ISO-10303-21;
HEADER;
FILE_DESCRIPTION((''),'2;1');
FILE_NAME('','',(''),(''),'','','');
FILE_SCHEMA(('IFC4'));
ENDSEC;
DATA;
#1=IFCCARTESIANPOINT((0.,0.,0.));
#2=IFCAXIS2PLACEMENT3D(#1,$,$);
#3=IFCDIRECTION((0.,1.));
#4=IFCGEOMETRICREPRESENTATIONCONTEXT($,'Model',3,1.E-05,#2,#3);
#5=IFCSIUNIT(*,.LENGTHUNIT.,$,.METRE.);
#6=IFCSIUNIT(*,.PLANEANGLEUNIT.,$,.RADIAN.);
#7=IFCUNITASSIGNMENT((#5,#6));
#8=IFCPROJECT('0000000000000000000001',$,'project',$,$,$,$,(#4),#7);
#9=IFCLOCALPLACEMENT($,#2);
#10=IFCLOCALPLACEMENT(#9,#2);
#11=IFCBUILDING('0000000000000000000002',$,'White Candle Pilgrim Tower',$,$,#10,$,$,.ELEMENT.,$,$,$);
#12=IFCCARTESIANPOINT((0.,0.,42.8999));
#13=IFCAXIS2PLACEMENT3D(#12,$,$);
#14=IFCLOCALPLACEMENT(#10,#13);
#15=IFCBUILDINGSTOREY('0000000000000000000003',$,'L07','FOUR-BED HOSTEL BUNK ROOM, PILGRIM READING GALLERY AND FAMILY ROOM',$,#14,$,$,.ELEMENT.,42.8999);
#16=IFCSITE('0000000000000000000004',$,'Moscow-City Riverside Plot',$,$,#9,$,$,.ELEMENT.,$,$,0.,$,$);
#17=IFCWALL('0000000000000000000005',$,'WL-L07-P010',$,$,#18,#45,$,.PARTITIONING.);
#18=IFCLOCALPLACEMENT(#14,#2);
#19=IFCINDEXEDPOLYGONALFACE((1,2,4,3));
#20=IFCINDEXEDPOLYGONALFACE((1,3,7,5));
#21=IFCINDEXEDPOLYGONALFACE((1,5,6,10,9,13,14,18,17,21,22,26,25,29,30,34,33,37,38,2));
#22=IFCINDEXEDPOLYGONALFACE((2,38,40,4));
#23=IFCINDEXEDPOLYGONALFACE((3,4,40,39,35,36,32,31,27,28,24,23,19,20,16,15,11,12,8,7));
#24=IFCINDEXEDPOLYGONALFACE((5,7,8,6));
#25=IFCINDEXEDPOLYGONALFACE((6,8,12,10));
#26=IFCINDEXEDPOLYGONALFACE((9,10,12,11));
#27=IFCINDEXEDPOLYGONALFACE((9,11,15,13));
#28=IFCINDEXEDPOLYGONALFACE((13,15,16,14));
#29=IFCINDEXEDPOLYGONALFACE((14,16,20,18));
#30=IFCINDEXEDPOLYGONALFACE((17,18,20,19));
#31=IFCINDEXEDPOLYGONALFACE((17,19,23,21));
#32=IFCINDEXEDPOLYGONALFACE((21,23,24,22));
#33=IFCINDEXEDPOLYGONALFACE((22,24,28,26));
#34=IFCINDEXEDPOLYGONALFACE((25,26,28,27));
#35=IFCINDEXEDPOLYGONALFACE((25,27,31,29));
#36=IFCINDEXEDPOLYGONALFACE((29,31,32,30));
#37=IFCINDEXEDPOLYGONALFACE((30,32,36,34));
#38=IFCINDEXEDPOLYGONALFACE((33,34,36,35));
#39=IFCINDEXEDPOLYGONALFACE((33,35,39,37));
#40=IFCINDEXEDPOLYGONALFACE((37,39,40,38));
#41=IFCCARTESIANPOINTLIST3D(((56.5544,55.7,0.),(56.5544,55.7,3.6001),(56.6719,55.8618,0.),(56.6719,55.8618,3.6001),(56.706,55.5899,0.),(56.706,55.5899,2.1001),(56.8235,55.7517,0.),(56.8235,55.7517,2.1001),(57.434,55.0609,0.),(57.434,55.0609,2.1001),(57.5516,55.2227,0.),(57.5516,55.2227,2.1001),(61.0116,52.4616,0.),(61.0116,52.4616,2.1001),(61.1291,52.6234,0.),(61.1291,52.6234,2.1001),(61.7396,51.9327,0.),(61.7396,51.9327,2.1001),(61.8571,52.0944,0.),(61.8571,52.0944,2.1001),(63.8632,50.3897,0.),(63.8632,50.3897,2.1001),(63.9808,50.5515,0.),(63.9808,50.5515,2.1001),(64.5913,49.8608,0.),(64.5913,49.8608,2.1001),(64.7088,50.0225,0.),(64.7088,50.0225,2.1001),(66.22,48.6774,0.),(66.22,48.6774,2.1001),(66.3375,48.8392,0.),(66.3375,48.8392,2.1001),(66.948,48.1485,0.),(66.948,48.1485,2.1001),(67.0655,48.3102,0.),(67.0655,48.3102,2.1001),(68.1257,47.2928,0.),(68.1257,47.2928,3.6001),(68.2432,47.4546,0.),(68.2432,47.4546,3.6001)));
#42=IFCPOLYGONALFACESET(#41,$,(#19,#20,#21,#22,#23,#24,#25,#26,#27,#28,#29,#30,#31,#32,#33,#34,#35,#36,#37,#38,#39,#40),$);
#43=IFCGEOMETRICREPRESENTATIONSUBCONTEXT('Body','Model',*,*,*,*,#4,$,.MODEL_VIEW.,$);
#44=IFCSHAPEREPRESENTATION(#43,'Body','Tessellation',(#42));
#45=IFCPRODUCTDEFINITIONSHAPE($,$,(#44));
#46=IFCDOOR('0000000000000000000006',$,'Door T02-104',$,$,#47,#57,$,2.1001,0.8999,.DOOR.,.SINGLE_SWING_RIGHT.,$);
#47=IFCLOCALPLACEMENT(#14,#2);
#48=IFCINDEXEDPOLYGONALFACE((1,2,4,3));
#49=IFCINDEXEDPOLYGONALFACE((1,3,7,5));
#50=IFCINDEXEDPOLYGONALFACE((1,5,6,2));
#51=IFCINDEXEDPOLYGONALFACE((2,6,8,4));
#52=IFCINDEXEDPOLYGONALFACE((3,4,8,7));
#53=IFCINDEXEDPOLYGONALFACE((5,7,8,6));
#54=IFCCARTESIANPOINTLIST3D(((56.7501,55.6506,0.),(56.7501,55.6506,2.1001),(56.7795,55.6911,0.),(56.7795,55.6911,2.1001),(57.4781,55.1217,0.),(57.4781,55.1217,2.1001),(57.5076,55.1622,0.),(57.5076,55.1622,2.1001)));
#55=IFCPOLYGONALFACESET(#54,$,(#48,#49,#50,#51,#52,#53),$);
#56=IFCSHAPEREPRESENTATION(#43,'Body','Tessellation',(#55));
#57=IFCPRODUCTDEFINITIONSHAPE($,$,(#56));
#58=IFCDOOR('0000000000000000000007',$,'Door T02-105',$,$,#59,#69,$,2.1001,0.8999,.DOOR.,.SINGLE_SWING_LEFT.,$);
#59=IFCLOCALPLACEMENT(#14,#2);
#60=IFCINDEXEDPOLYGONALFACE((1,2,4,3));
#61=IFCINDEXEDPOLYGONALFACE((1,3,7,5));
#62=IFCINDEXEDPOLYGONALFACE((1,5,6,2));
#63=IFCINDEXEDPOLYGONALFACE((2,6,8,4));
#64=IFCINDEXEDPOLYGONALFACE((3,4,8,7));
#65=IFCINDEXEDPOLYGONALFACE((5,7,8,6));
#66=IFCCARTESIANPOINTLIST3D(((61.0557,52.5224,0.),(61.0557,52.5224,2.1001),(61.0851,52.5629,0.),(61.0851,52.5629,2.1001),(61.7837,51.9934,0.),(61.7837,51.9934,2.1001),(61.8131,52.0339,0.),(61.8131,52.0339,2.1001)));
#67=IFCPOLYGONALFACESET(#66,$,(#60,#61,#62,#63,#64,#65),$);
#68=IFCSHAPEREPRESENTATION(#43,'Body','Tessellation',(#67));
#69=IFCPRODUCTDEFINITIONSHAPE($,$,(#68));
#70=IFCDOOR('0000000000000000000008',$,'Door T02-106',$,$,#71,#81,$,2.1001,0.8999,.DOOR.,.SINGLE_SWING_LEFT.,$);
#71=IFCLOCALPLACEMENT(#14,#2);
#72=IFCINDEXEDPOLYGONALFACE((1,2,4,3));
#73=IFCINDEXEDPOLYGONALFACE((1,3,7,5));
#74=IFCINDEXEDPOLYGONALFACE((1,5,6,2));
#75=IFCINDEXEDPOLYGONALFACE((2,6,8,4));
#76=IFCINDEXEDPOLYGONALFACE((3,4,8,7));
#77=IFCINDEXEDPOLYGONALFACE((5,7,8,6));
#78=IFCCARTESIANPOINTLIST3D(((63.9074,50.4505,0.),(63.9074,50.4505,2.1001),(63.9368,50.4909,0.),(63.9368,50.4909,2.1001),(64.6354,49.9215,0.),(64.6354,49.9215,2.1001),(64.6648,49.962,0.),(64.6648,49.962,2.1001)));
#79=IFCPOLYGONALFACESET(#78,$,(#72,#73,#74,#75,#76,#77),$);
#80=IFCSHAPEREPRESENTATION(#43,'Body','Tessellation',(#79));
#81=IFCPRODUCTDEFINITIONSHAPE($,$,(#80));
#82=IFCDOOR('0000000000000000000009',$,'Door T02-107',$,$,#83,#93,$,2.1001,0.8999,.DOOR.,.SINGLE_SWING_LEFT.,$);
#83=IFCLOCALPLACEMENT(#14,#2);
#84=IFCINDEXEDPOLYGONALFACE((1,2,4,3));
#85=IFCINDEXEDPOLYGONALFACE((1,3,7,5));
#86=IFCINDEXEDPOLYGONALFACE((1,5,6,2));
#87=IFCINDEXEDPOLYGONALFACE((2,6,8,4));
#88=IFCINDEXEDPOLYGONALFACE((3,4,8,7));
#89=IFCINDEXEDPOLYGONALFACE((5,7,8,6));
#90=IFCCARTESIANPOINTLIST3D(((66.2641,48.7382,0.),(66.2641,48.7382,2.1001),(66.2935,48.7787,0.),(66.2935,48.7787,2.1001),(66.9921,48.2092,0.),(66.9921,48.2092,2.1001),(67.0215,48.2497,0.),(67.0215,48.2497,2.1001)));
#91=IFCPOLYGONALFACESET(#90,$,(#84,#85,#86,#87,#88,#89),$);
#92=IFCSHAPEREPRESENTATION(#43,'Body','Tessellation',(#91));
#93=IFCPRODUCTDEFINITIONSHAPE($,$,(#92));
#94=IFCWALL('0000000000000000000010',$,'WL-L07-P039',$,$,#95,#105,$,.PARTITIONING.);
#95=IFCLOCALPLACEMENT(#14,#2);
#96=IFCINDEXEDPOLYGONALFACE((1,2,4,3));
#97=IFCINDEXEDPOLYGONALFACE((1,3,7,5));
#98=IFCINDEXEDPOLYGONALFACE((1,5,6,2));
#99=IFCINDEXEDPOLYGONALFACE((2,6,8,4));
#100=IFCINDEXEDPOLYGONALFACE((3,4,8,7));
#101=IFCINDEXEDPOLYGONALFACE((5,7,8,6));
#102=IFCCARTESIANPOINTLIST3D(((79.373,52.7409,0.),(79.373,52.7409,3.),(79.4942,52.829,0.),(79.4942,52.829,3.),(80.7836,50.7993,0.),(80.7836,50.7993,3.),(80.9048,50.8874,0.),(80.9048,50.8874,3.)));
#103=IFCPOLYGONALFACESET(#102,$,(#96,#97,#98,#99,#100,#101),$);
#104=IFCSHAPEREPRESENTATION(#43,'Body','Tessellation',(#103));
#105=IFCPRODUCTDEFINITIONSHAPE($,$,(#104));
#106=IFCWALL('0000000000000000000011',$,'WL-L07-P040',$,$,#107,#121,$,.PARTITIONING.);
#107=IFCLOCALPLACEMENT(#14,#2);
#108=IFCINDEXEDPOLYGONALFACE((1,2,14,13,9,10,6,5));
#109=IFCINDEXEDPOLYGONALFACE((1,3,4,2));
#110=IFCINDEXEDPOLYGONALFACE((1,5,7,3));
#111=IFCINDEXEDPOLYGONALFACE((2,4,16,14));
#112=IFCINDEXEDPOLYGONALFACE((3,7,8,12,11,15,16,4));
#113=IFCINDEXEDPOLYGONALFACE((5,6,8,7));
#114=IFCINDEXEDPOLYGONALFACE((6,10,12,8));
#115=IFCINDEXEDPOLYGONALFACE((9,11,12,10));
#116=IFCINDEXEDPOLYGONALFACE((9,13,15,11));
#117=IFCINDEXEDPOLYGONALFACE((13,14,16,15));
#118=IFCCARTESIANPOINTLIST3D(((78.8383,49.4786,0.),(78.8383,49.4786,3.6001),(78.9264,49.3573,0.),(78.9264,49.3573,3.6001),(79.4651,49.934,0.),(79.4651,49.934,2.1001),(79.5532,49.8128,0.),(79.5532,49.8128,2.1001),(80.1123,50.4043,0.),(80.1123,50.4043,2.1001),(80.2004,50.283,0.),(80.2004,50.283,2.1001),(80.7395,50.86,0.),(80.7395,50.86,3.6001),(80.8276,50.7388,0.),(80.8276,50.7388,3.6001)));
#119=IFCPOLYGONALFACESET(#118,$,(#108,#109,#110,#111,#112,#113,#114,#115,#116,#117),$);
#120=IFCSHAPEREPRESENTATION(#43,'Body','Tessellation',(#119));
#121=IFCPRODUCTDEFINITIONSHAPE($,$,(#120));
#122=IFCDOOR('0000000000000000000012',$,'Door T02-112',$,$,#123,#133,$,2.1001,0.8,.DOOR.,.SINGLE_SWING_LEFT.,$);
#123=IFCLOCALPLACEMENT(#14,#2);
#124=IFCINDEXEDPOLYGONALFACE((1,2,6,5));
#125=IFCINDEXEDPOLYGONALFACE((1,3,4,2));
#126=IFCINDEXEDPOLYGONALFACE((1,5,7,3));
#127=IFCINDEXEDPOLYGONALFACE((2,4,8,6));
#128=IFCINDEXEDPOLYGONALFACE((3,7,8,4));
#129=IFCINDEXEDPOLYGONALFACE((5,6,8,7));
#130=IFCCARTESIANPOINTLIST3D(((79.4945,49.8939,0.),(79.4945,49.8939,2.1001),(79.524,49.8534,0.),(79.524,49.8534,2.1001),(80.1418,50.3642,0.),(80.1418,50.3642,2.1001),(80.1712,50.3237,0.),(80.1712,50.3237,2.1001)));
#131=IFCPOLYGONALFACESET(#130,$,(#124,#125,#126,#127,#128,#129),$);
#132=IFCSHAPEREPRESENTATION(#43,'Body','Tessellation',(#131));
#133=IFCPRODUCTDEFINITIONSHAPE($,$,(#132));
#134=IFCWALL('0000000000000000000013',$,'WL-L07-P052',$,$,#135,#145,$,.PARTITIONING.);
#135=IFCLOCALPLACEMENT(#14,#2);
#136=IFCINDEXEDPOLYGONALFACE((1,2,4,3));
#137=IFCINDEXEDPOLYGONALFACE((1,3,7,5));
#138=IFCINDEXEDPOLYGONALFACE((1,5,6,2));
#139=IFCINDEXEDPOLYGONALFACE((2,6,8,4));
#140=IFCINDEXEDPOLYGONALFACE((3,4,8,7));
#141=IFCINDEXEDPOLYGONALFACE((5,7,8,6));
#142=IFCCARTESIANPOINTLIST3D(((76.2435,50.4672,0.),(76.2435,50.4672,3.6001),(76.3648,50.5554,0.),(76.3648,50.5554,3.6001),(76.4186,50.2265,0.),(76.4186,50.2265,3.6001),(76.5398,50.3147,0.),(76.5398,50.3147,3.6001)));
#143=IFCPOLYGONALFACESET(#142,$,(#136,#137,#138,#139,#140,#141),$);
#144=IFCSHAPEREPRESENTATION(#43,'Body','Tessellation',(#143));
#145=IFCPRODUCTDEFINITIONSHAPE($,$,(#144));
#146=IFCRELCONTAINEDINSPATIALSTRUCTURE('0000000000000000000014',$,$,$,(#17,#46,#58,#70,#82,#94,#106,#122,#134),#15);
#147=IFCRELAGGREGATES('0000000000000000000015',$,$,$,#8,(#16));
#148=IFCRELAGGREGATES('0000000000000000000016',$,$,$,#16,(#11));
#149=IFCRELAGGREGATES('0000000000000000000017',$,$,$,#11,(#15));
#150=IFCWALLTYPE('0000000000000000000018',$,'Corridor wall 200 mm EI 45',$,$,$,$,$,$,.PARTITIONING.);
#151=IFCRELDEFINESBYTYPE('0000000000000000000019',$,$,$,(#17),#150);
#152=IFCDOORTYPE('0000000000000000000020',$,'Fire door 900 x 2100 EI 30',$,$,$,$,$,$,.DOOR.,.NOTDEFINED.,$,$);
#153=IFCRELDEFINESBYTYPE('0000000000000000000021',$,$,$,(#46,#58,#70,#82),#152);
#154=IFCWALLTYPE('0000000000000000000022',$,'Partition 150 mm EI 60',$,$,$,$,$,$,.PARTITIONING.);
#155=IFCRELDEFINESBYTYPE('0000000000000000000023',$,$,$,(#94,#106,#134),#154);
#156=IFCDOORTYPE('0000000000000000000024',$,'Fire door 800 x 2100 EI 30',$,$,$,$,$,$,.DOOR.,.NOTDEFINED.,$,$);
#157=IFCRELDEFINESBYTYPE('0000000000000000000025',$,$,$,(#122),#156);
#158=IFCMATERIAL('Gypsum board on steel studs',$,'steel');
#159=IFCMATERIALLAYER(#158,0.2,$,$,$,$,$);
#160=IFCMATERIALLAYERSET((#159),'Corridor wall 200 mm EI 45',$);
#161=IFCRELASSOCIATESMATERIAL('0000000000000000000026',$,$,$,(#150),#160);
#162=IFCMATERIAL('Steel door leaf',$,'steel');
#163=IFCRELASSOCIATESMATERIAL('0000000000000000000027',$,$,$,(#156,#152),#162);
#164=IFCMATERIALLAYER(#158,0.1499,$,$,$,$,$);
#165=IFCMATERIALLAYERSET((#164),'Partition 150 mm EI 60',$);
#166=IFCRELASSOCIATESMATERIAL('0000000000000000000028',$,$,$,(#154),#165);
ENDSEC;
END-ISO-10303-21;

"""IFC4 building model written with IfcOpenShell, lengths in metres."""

from ifc_helpers import new_model, si_unit, direction, frame, frame_2d, origin, place, context, subcontext, project, spatial, rectangle, extrude, material, layer, layer_set, type_object, element, fill, save


model = new_model("IFC4")

# Units and contexts
model_context = context("Model", 3, precision=1e-05, world=origin(), true_north=direction((0.0, 1.0)))
body_context = subcontext(model_context, "Body", "Model", "MODEL_VIEW")
ifc_project = project(units=[si_unit("LENGTHUNIT", "METRE"), si_unit("PLANEANGLEUNIT", "RADIAN")], contexts=[model_context])

# Site, building, storey
site_placement = place(None, origin())
site = spatial("IfcSite", under=ifc_project, at=site_placement, Name="Moscow-City Riverside Plot", CompositionType="ELEMENT", RefElevation=0.0)
building_placement = place(site_placement, origin())
building = spatial("IfcBuilding", under=site, at=building_placement, Name="White Candle Pilgrim Tower", CompositionType="ELEMENT")
storey_placement = place(building_placement, frame((0.0, 0.0, 42.8999)))
storey = spatial("IfcBuildingStorey", under=building, at=storey_placement, Name="L07", Description="FOUR-BED HOSTEL BUNK ROOM, PILGRIM READING GALLERY AND FAMILY ROOM", CompositionType="ELEMENT", Elevation=42.8999)

# Wall, openings, doors
ifc_material_1 = material(Name="Gypsum board on steel studs", Category="steel")
ifc_layer_1 = layer(ifc_material_1, 0.2)
ifc_layer_set_1 = layer_set([ifc_layer_1], Name="Corridor wall 200 mm EI 45")
wall_type_1 = type_object("IfcWallType", Name="Corridor wall 200 mm EI 45", PredefinedType="PARTITIONING", material=ifc_layer_set_1)
ifc_material_2 = material(Name="Steel door leaf", Category="steel")
door_type_1 = type_object("IfcDoorType", Name="Fire door 800 x 2100 EI 30", OperationType="NOTDEFINED", PredefinedType="DOOR", material=ifc_material_2)
wall_1_placement = place(storey_placement, frame((68.1843, 47.3738, 0.0), z_axis=(0.0, 0.0, 1.0), x_axis=(-0.809011, 0.587794, 0.0)))
wall_1 = element("IfcWall", 1, at=wall_1_placement, inside=storey, type_object=wall_type_1, Name="WL-L07-P010", PredefinedType="PARTITIONING", context=body_context, shape_type="SweptSolid", body=[
    extrude(rectangle(XDim=14.303, YDim=0.2, at=frame_2d((7.1514, 0.0))), origin(), (0.0, 0.0, 1.0), 3.6001),
])
opening_1_placement = place(wall_1_placement, frame((13.2156, 0.0, 0.0)))
opening_1 = element("IfcOpeningElement", 2, at=opening_1_placement, cuts=wall_1, PredefinedType="OPENING", context=body_context, shape_type="SweptSolid", body=[
    extrude(rectangle(XDim=0.8999, YDim=2.1001, at=frame_2d((0.45, 1.05))), frame((0.0, 0.1099, 0.0), z_axis=(0.0, -1.0, 0.0), x_axis=(1.0, 0.0, 0.0)), (0.0, 0.0, 1.0), 0.22),
])
opening_2_placement = place(wall_1_placement, frame((7.8936, 0.0, 0.0)))
opening_2 = element("IfcOpeningElement", 3, at=opening_2_placement, cuts=wall_1, PredefinedType="OPENING", context=body_context, shape_type="SweptSolid", body=[
    extrude(rectangle(XDim=0.8999, YDim=2.1001, at=frame_2d((0.45, 1.05))), frame((0.0, 0.1099, 0.0), z_axis=(0.0, -1.0, 0.0), x_axis=(1.0, 0.0, 0.0)), (0.0, 0.0, 1.0), 0.22),
])
opening_3_placement = place(wall_1_placement, frame((4.3687, 0.0, 0.0)))
opening_3 = element("IfcOpeningElement", 4, at=opening_3_placement, cuts=wall_1, PredefinedType="OPENING", context=body_context, shape_type="SweptSolid", body=[
    extrude(rectangle(XDim=0.8999, YDim=2.1001, at=frame_2d((0.45, 1.05))), frame((0.0, 0.1099, 0.0), z_axis=(0.0, -1.0, 0.0), x_axis=(1.0, 0.0, 0.0)), (0.0, 0.0, 1.0), 0.22),
])
opening_4_placement = place(wall_1_placement, frame((1.4556, 0.0, 0.0)))
opening_4 = element("IfcOpeningElement", 5, at=opening_4_placement, cuts=wall_1, PredefinedType="OPENING", context=body_context, shape_type="SweptSolid", body=[
    extrude(rectangle(XDim=0.8999, YDim=2.1001, at=frame_2d((0.45, 1.05))), frame((0.0, 0.1099, 0.0), z_axis=(0.0, -1.0, 0.0), x_axis=(1.0, 0.0, 0.0)), (0.0, 0.0, 1.0), 0.22),
])
door_type_2 = type_object("IfcDoorType", Name="Fire door 900 x 2100 EI 30", OperationType="NOTDEFINED", PredefinedType="DOOR", material=ifc_material_2)
door_1_placement = place(opening_1_placement, origin())
door_1 = element("IfcDoor", 6, at=door_1_placement, inside=storey, type_object=door_type_2, Name="Door T02-104", OperationType="SINGLE_SWING_RIGHT", OverallHeight=2.1001, OverallWidth=0.8999, PredefinedType="DOOR", context=body_context, shape_type="SweptSolid", body=[
    extrude(rectangle(XDim=0.8999, YDim=2.1001, at=frame_2d((0.45, 1.05))), frame((0.0, 0.0249, 0.0), z_axis=(0.0, -1.0, 0.0), x_axis=(1.0, 0.0, 0.0)), (0.0, 0.0, 1.0), 0.05),
])
fill(opening_1, door_1)
door_2_placement = place(opening_2_placement, origin())
door_2 = element("IfcDoor", 7, at=door_2_placement, inside=storey, type_object=door_type_2, Name="Door T02-105", OperationType="SINGLE_SWING_LEFT", OverallHeight=2.1001, OverallWidth=0.8999, PredefinedType="DOOR", context=body_context, shape_type="SweptSolid", body=[
    extrude(rectangle(XDim=0.8999, YDim=2.1001, at=frame_2d((0.45, 1.05))), frame((0.0, 0.0249, 0.0), z_axis=(0.0, -1.0, 0.0), x_axis=(1.0, 0.0, 0.0)), (0.0, 0.0, 1.0), 0.05),
])
fill(opening_2, door_2)
door_3_placement = place(opening_3_placement, origin())
door_3 = element("IfcDoor", 8, at=door_3_placement, inside=storey, type_object=door_type_2, Name="Door T02-106", OperationType="SINGLE_SWING_LEFT", OverallHeight=2.1001, OverallWidth=0.8999, PredefinedType="DOOR", context=body_context, shape_type="SweptSolid", body=[
    extrude(rectangle(XDim=0.8999, YDim=2.1001, at=frame_2d((0.45, 1.05))), frame((0.0, 0.0249, 0.0), z_axis=(0.0, -1.0, 0.0), x_axis=(1.0, 0.0, 0.0)), (0.0, 0.0, 1.0), 0.05),
])
fill(opening_3, door_3)
door_4_placement = place(opening_4_placement, origin())
door_4 = element("IfcDoor", 9, at=door_4_placement, inside=storey, type_object=door_type_2, Name="Door T02-107", OperationType="SINGLE_SWING_LEFT", OverallHeight=2.1001, OverallWidth=0.8999, PredefinedType="DOOR", context=body_context, shape_type="SweptSolid", body=[
    extrude(rectangle(XDim=0.8999, YDim=2.1001, at=frame_2d((0.45, 1.05))), frame((0.0, 0.0249, 0.0), z_axis=(0.0, -1.0, 0.0), x_axis=(1.0, 0.0, 0.0)), (0.0, 0.0, 1.0), 0.05),
])
fill(opening_4, door_4)

# Wall
ifc_layer_2 = layer(ifc_material_1, 0.1499)
ifc_layer_set_2 = layer_set([ifc_layer_2], Name="Partition 150 mm EI 60")
wall_type_2 = type_object("IfcWallType", Name="Partition 150 mm EI 60", PredefinedType="PARTITIONING", material=ifc_layer_set_2)
wall_2_placement = place(storey_placement, frame((79.4336, 52.7849, 0.0), z_axis=(0.0, 0.0, 1.0), x_axis=(0.587772, -0.809026, 0.0)))
element("IfcWall", 10, at=wall_2_placement, inside=storey, type_object=wall_type_2, Name="WL-L07-P039", PredefinedType="PARTITIONING", context=body_context, shape_type="SweptSolid", body=[
    extrude(rectangle(XDim=2.3999, YDim=0.1499, at=frame_2d((1.2, 0.0))), origin(), (0.0, 0.0, 1.0), 3.0),
])

# Wall, opening, door
wall_3_placement = place(storey_placement, frame((78.8823, 49.418, 0.0), z_axis=(0.0, 0.0, 1.0), x_axis=(0.808997, 0.587813, 0.0)))
wall_3 = element("IfcWall", 11, at=wall_3_placement, inside=storey, type_object=wall_type_2, Name="WL-L07-P040", PredefinedType="PARTITIONING", context=body_context, shape_type="SweptSolid", body=[
    extrude(rectangle(XDim=2.3501, YDim=0.1499, at=frame_2d((1.175, 0.0))), origin(), (0.0, 0.0, 1.0), 3.6001),
])
opening_5_placement = place(wall_3_placement, frame((0.7749, 0.0, 0.0)))
opening_5 = element("IfcOpeningElement", 12, at=opening_5_placement, cuts=wall_3, PredefinedType="OPENING", context=body_context, shape_type="SweptSolid", body=[
    extrude(rectangle(XDim=0.8, YDim=2.1001, at=frame_2d((0.3999, 1.05))), frame((0.0, 0.085, 0.0), z_axis=(0.0, -1.0, 0.0), x_axis=(1.0, 0.0, 0.0)), (0.0, 0.0, 1.0), 0.1699),
])
door_5_placement = place(opening_5_placement, frame((0.8, 0.0, 0.0), z_axis=(0.0, 0.0, 1.0), x_axis=(-1.0, 0.0, 0.0)))
door_5 = element("IfcDoor", 13, at=door_5_placement, inside=storey, type_object=door_type_1, Name="Door T02-112", OperationType="SINGLE_SWING_LEFT", OverallHeight=2.1001, OverallWidth=0.8, PredefinedType="DOOR", context=body_context, shape_type="SweptSolid", body=[
    extrude(rectangle(XDim=0.8, YDim=2.1001, at=frame_2d((0.3999, 1.05))), frame((0.0, 0.0249, 0.0), z_axis=(0.0, -1.0, 0.0), x_axis=(1.0, 0.0, 0.0)), (0.0, 0.0, 1.0), 0.05),
])
fill(opening_5, door_5)

# Wall
wall_4_placement = place(storey_placement, frame((76.4792, 50.2705, 0.0), z_axis=(0.0, 0.0, 1.0), x_axis=(-0.588123, 0.808772, 0.0)))
element("IfcWall", 14, at=wall_4_placement, inside=storey, type_object=wall_type_2, Name="WL-L07-P052", PredefinedType="PARTITIONING", context=body_context, shape_type="SweptSolid", body=[
    extrude(rectangle(XDim=0.2976, YDim=0.1499, at=frame_2d((0.1489, 0.0))), origin(), (0.0, 0.0, 1.0), 3.6001),
])

save(model, "model.ifc")
